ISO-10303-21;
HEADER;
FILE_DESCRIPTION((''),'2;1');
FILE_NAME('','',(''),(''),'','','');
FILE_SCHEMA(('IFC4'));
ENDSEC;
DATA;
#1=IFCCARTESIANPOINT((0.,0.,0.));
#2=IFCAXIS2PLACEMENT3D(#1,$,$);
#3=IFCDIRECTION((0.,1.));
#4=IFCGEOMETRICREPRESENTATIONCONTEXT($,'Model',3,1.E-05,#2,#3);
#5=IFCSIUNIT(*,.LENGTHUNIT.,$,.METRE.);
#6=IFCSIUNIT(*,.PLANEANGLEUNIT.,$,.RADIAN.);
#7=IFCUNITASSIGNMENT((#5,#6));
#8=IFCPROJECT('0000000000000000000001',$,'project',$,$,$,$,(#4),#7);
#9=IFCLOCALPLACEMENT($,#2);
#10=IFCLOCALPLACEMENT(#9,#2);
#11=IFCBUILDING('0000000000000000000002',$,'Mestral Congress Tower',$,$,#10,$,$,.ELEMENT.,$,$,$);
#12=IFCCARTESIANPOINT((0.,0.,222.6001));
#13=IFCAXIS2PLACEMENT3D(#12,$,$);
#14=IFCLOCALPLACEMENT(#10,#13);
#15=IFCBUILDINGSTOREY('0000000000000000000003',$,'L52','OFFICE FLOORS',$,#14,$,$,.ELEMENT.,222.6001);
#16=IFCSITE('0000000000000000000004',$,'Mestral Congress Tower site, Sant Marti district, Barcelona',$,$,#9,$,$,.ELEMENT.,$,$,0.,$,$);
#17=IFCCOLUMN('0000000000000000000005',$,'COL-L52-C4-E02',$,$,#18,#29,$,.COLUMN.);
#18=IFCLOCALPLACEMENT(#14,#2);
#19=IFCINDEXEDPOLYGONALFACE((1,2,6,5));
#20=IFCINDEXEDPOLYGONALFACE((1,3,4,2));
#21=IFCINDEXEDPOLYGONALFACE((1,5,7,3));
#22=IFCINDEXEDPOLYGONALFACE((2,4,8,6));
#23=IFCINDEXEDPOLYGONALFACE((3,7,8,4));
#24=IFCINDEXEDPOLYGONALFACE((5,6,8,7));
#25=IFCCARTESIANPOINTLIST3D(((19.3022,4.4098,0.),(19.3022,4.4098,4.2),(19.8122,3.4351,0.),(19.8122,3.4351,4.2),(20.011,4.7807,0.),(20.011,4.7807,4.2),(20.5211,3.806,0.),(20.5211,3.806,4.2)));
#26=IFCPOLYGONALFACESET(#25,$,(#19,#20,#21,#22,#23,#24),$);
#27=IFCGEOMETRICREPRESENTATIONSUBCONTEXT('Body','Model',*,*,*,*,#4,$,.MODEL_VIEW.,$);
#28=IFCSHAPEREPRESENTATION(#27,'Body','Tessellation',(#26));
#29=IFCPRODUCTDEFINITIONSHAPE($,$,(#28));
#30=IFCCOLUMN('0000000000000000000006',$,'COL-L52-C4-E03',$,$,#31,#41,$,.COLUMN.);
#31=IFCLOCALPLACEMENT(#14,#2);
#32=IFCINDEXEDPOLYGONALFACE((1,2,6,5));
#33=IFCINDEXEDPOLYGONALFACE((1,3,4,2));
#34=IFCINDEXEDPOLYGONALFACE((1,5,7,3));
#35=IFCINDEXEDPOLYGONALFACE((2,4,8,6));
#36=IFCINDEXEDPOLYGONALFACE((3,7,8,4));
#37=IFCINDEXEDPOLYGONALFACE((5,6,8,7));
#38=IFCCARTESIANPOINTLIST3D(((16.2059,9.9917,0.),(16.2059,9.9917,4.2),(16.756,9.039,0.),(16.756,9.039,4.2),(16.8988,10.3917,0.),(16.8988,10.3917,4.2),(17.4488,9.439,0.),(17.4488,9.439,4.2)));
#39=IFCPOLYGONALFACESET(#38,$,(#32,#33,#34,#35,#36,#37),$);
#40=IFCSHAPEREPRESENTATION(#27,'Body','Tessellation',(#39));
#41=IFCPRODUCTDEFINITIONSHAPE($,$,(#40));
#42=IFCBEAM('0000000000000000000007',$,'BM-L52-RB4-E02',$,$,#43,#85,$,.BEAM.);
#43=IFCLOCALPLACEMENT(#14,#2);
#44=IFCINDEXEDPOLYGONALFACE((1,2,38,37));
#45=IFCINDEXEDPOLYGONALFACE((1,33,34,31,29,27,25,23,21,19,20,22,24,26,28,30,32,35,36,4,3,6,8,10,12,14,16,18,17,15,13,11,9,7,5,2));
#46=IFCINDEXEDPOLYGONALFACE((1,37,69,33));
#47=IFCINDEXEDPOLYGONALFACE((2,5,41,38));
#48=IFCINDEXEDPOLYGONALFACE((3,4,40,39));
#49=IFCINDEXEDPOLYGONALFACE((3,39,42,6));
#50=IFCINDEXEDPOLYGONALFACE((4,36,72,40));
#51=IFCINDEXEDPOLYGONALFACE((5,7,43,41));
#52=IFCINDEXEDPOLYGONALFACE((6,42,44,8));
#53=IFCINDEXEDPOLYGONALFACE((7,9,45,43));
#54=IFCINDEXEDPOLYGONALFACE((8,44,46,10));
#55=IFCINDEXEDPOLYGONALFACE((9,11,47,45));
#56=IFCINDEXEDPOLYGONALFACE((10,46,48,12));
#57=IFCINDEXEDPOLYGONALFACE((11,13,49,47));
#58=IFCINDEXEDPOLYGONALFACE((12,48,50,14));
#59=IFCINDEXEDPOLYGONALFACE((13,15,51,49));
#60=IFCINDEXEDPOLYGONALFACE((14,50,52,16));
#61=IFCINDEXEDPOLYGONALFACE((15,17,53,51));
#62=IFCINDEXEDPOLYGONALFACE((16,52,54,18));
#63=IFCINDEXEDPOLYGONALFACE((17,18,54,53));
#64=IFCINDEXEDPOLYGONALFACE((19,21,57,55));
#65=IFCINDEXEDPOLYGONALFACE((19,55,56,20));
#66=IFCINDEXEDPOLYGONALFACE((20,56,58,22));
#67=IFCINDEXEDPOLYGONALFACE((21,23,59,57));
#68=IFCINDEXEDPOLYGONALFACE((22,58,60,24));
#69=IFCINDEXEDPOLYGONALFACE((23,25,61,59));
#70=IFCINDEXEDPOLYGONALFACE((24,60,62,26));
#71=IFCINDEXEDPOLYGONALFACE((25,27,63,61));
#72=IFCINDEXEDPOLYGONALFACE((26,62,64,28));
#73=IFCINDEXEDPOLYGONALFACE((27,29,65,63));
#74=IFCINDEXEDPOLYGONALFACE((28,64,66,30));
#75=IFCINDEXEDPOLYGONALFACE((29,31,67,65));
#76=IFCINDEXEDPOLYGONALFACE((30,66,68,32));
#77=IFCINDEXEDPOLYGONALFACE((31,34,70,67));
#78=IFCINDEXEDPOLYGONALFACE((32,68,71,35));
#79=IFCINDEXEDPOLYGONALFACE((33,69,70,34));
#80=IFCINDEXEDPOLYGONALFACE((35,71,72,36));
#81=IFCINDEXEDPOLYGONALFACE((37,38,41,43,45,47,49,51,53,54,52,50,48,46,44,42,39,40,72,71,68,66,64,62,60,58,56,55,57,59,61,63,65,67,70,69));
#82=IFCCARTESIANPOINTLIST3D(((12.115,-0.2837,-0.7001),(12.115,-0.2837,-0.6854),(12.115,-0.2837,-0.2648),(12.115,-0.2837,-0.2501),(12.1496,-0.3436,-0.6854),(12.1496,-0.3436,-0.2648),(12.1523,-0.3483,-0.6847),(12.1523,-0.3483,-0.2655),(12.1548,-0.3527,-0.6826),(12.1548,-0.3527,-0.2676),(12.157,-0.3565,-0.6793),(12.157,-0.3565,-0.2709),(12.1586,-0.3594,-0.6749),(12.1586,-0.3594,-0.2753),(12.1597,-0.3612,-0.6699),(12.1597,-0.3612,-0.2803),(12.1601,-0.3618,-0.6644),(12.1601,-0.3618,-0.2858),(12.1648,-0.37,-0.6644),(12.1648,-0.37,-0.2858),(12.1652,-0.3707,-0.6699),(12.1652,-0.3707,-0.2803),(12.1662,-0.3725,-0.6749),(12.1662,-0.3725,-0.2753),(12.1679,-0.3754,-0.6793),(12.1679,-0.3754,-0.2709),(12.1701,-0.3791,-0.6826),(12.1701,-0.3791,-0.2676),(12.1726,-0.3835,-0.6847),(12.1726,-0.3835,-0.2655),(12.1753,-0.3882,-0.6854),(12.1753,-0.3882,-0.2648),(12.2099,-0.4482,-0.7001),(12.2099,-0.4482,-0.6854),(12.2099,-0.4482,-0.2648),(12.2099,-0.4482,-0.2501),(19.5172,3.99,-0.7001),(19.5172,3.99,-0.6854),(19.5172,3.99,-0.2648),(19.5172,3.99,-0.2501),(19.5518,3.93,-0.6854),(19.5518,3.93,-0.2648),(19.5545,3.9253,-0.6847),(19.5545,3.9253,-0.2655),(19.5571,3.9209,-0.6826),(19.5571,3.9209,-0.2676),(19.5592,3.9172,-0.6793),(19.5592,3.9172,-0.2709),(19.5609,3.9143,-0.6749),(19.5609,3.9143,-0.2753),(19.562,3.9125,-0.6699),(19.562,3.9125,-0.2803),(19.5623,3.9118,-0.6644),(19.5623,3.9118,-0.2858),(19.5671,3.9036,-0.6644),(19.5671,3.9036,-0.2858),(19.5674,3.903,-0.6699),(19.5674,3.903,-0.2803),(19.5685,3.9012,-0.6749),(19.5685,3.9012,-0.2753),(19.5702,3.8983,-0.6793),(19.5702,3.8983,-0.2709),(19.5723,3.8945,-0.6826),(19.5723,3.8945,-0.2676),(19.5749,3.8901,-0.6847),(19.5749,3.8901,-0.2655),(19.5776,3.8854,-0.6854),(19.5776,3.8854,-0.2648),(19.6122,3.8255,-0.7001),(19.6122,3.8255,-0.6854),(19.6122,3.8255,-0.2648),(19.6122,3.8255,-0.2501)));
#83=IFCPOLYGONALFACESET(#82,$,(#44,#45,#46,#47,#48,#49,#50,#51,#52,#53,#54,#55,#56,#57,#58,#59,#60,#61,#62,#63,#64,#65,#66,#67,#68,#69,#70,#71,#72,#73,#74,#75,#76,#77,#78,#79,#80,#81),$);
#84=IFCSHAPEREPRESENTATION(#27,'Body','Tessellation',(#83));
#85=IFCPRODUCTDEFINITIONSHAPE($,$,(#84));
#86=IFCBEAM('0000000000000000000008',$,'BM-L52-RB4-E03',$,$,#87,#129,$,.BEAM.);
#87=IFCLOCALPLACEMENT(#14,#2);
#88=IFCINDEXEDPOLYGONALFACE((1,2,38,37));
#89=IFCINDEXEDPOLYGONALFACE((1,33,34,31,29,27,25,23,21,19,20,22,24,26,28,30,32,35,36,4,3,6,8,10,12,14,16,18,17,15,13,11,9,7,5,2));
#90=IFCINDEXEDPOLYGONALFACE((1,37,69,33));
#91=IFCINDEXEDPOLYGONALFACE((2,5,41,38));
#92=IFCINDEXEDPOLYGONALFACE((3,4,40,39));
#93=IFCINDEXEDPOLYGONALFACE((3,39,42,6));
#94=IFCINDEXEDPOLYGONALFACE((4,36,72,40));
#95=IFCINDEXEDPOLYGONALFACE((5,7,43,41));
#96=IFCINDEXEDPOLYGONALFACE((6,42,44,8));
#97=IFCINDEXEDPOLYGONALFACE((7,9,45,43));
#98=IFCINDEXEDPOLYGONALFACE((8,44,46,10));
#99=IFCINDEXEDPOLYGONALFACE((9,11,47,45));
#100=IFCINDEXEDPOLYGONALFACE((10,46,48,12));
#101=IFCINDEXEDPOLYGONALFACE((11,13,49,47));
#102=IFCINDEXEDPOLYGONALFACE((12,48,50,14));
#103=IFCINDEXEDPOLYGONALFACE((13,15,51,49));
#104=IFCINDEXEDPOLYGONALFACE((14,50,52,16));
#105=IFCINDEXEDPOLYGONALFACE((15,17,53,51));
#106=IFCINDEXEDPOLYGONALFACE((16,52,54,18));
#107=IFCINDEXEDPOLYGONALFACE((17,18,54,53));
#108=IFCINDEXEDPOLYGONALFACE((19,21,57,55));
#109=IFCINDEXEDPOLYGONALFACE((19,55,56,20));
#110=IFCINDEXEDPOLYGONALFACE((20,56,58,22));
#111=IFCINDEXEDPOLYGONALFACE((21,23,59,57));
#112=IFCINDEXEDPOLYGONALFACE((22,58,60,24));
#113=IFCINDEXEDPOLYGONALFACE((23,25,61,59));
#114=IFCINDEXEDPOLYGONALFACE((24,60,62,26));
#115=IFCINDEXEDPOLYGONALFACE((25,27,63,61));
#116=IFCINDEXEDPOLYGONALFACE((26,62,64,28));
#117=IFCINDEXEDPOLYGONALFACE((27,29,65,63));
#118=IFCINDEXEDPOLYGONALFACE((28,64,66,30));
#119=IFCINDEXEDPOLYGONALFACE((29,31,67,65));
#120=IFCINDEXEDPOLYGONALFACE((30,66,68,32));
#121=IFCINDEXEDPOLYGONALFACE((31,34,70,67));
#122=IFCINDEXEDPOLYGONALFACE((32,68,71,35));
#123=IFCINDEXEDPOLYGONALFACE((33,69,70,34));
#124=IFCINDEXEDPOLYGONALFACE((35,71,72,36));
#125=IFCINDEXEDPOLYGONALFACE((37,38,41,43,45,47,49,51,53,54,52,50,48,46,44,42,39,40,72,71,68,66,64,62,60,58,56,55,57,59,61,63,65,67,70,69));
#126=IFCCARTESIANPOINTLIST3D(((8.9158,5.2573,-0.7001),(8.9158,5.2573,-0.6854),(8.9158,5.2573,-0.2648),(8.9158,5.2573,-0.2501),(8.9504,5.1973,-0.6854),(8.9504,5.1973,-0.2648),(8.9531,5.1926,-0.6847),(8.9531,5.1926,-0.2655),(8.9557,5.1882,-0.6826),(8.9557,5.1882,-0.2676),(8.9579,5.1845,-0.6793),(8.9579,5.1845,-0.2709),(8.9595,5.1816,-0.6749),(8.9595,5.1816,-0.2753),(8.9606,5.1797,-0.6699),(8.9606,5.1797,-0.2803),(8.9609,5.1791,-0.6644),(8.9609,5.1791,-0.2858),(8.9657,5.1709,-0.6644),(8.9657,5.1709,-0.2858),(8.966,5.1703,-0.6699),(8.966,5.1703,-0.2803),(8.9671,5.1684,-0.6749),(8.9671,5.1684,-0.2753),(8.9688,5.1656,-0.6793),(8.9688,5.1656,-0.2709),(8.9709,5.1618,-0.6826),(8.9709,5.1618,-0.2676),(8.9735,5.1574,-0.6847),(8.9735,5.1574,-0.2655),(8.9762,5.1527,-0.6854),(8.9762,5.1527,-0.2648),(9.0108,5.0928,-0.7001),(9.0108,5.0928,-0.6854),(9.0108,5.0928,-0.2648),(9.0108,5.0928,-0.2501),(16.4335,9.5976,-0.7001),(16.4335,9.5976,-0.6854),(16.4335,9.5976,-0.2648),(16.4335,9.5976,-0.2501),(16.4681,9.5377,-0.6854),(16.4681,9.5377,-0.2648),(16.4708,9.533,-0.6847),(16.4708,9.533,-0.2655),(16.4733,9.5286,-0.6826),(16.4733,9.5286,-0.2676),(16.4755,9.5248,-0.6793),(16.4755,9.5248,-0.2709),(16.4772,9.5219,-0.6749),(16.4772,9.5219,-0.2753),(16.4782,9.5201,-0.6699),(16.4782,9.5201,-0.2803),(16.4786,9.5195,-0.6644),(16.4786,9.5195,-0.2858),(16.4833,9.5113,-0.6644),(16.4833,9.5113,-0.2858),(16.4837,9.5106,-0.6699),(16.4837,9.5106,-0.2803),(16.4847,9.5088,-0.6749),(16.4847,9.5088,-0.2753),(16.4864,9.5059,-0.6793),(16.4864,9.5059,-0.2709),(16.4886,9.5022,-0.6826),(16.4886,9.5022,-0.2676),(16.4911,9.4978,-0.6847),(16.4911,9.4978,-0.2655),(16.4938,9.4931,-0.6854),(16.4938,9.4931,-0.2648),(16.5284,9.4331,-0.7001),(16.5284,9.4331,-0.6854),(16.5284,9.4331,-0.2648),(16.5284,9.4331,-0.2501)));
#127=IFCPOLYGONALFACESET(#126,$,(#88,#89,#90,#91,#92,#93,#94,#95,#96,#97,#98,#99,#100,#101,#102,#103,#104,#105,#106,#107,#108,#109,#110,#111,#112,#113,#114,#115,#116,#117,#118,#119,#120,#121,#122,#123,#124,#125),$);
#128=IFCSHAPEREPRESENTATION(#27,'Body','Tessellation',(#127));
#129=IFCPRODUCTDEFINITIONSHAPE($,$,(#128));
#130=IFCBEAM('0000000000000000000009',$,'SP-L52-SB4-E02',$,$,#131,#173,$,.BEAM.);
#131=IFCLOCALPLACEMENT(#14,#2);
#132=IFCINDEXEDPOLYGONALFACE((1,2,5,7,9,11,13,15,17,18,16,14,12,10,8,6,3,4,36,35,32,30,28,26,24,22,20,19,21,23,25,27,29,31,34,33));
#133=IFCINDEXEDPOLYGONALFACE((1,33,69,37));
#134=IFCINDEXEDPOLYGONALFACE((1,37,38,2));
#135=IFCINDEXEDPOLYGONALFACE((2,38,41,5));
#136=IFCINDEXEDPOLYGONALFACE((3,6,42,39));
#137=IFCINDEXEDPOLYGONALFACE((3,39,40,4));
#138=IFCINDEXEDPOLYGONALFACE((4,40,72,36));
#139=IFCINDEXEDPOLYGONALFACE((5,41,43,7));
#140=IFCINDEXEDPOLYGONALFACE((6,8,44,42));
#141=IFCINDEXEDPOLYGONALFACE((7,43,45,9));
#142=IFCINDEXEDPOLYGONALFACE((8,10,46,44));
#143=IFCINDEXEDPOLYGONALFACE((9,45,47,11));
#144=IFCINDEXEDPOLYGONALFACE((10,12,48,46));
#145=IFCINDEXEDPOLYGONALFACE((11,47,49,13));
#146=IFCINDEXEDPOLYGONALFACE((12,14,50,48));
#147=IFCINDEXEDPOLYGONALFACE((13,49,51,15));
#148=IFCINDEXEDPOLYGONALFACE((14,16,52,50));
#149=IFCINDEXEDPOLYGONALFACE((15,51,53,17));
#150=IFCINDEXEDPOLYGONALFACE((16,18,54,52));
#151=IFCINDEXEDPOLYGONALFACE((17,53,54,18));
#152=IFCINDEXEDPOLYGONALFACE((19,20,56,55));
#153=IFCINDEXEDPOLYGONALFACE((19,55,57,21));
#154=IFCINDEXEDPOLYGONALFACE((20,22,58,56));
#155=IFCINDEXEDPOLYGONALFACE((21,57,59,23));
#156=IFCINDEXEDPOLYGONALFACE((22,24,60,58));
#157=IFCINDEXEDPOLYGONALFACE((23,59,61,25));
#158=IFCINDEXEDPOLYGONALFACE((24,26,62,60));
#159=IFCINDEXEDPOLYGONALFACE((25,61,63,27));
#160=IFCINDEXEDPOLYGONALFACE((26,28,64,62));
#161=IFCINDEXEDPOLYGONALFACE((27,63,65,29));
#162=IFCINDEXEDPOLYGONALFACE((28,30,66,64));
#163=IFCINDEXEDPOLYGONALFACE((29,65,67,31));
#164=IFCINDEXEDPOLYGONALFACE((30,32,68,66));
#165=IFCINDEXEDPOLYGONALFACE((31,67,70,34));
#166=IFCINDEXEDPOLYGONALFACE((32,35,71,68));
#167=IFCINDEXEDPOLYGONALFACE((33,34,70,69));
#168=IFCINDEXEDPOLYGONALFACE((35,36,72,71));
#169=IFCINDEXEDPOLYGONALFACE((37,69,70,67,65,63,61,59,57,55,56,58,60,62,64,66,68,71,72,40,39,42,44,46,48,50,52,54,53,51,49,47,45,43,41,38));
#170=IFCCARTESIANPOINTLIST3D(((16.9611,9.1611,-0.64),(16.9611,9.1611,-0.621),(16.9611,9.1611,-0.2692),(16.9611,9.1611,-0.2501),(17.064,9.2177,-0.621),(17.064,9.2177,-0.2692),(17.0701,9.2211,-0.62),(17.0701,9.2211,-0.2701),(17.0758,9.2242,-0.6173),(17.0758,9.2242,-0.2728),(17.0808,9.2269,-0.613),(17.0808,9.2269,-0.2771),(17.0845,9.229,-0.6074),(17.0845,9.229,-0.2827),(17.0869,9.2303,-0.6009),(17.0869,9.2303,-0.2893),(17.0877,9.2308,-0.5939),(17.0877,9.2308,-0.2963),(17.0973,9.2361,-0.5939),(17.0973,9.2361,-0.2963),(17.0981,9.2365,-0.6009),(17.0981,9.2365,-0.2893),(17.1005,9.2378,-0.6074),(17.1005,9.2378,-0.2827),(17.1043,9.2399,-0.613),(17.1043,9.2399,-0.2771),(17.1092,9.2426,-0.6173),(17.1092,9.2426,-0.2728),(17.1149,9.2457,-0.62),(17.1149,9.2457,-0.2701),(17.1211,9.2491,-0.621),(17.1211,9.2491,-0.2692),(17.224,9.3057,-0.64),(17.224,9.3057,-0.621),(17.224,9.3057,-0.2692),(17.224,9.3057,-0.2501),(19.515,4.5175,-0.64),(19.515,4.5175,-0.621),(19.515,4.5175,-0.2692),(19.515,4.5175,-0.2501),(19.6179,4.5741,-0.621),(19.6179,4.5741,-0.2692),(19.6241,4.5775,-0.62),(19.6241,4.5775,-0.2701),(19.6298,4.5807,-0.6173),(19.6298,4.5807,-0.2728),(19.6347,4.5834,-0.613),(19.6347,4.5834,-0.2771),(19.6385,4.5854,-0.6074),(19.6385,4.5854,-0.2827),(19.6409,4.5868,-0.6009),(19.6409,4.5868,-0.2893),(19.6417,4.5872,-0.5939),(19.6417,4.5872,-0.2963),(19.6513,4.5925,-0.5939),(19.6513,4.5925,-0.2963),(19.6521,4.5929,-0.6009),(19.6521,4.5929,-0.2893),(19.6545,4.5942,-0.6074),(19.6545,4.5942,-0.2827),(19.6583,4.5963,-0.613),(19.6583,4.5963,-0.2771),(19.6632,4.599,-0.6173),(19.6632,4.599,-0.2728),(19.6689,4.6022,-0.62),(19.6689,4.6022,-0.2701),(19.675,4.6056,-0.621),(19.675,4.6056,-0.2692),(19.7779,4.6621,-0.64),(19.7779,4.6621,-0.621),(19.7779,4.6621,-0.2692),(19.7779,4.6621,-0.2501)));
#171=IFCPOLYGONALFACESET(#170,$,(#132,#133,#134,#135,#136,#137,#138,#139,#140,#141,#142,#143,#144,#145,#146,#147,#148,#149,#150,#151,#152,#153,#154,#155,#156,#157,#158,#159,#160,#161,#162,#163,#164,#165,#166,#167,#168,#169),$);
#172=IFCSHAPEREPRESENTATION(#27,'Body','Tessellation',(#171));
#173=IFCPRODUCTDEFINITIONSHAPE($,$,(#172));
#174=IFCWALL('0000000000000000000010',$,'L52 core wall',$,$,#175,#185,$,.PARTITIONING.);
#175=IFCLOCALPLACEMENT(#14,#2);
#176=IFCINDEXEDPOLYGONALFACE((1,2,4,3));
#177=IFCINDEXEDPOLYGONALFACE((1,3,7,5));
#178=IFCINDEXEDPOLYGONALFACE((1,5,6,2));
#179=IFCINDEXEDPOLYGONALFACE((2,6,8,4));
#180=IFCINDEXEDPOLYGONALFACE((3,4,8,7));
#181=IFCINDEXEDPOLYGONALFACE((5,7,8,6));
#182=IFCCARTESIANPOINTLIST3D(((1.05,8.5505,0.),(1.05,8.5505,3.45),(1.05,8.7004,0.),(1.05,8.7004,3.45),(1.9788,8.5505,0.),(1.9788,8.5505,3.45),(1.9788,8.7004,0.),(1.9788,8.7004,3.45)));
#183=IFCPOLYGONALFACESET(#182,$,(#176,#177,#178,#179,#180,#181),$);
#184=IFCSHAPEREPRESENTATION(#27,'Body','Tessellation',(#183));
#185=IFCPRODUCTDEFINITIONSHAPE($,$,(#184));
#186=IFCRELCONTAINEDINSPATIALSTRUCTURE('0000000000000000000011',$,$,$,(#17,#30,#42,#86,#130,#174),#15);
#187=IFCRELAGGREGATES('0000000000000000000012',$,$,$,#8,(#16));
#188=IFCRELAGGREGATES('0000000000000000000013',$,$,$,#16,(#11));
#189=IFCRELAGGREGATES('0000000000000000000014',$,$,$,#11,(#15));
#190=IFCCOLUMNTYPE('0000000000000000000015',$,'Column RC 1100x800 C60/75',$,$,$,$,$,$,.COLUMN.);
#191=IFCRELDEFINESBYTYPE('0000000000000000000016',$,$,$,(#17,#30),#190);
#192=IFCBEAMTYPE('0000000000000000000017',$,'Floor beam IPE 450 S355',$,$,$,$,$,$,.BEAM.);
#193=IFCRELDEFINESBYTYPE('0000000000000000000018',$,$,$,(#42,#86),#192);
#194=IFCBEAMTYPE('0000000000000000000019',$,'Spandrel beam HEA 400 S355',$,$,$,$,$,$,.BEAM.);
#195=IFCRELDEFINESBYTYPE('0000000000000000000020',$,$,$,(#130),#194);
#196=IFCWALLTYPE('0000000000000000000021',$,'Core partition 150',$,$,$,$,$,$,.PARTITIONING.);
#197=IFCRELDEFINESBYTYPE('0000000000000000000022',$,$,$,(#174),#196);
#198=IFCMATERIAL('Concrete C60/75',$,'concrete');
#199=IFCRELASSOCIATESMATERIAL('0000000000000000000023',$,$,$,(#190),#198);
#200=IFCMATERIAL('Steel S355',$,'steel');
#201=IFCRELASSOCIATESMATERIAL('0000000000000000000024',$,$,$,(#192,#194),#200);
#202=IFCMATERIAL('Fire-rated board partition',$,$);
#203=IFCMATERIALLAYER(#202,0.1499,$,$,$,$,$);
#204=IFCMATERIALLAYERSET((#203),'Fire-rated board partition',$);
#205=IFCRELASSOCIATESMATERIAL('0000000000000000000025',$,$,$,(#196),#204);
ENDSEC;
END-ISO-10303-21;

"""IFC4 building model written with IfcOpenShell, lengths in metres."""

from ifc_helpers import new_model, si_unit, direction, frame, frame_2d, origin, origin_2d, place, context, subcontext, project, spatial, rectangle, i_section, extrude, material, layer, layer_set, material_profile, profile_set, type_object, element, save


model = new_model("IFC4")

# Units and contexts
model_context = context("Model", 3, precision=1e-05, world=origin(), true_north=direction((0.0, 1.0)))
body_context = subcontext(model_context, "Body", "Model", "MODEL_VIEW")
ifc_project = project(units=[si_unit("LENGTHUNIT", "METRE"), si_unit("PLANEANGLEUNIT", "RADIAN")], contexts=[model_context])

# Site, building, storey
site_placement = place(None, origin())
site = spatial("IfcSite", under=ifc_project, at=site_placement, Name="Mestral Congress Tower site, Sant Marti district, Barcelona", CompositionType="ELEMENT", RefElevation=0.0)
building_placement = place(site_placement, origin())
building = spatial("IfcBuilding", under=site, at=building_placement, Name="Mestral Congress Tower", CompositionType="ELEMENT")
storey_placement = place(building_placement, frame((0.0, 0.0, 222.6001)))
storey = spatial("IfcBuildingStorey", under=building, at=storey_placement, Name="L52", Description="OFFICE FLOORS", CompositionType="ELEMENT", Elevation=222.6001)

# Columns
ifc_material_1 = material(Name="Concrete C60/75", Category="concrete")
ifc_material_profile_1 = material_profile(ifc_material_1, rectangle(XDim=1.1001, YDim=0.8, at=origin_2d()), Name="RC 1100x800")
ifc_profile_set_1 = profile_set([ifc_material_profile_1], Name="Concrete C60/75")
column_type = type_object("IfcColumnType", Name="Column RC 1100x800 C60/75", PredefinedType="COLUMN", material=ifc_profile_set_1)
for number, where, z_axis, x_axis, name in (
    (1, (19.9116, 4.1079, 0.0), (0.0, 0.0, 1.0), (-0.463636, 0.886026, 0.0), "COL-L52-C4-E02"),
    (2, (16.8274, 9.7153, 0.0), (0.0, 0.0, 1.0), (-0.5, 0.866025, 0.0), "COL-L52-C4-E03"),
):
    element("IfcColumn", number, at=place(storey_placement, frame(where, z_axis=z_axis, x_axis=x_axis)), inside=storey, type_object=column_type, Name=name, PredefinedType="COLUMN", context=body_context, shape_type="SweptSolid", body=[
        extrude(rectangle(XDim=1.1001, YDim=0.8, at=origin_2d()), origin(), (0.0, 0.0, 1.0), 4.2),
    ])

# Beams
ifc_material_2 = material(Name="Steel S355", Category="steel")
ifc_material_profile_2 = material_profile(ifc_material_2, i_section(OverallWidth=0.1899, OverallDepth=0.45, WebThickness=0.0095, FlangeThickness=0.0146, FilletRadius=0.021, at=origin_2d()), Name="IPE 450")
ifc_profile_set_2 = profile_set([ifc_material_profile_2], Name="Steel S355")
beam_type_1 = type_object("IfcBeamType", Name="Floor beam IPE 450 S355", PredefinedType="BEAM", material=ifc_profile_set_2)
beam_1_placement = place(storey_placement, frame((19.5647, 3.9077, -0.4751), z_axis=(-0.866029, -0.499994, 0.0), x_axis=(0.499994, -0.866029, 0.0)))
element("IfcBeam", 3, at=beam_1_placement, inside=storey, type_object=beam_type_1, Name="BM-L52-RB4-E02", PredefinedType="BEAM", context=body_context, shape_type="SweptSolid", body=[
    extrude(i_section(OverallWidth=0.1899, OverallDepth=0.45, WebThickness=0.0095, FlangeThickness=0.0146, FilletRadius=0.021, at=origin_2d()), origin(), (0.0, 0.0, 1.0), 8.5474),
])
beam_2_placement = place(storey_placement, frame((16.481, 9.5154, -0.4751), z_axis=(-0.866023, -0.500005, 0.0), x_axis=(0.500005, -0.866023, 0.0)))
element("IfcBeam", 4, at=beam_2_placement, inside=storey, type_object=beam_type_1, Name="BM-L52-RB4-E03", PredefinedType="BEAM", context=body_context, shape_type="SweptSolid", body=[
    extrude(i_section(OverallWidth=0.1899, OverallDepth=0.45, WebThickness=0.0095, FlangeThickness=0.0146, FilletRadius=0.021, at=origin_2d()), origin(), (0.0, 0.0, 1.0), 8.6807),
])
ifc_material_profile_3 = material_profile(ifc_material_2, i_section(OverallWidth=0.3, OverallDepth=0.3899, WebThickness=0.011, FlangeThickness=0.019, FilletRadius=0.0271, at=origin_2d()), Name="HEA 400")
ifc_profile_set_3 = profile_set([ifc_material_profile_3], Name="Steel S355")
beam_type_2 = type_object("IfcBeamType", Name="Spandrel beam HEA 400 S355", PredefinedType="BEAM", material=ifc_profile_set_3)
beam_3_placement = place(storey_placement, frame((19.6465, 4.5898, -0.4451), z_axis=(-0.481919, 0.876216, 0.0), x_axis=(-0.876216, -0.481919, 0.0)))
element("IfcBeam", 5, at=beam_3_placement, inside=storey, type_object=beam_type_2, Name="SP-L52-SB4-E02", PredefinedType="BEAM", context=body_context, shape_type="SweptSolid", body=[
    extrude(i_section(OverallWidth=0.3, OverallDepth=0.3899, WebThickness=0.011, FlangeThickness=0.019, FilletRadius=0.0271, at=origin_2d()), origin(), (0.0, 0.0, 1.0), 5.2996),
])

# Wall
ifc_material_3 = material(Name="Fire-rated board partition")
ifc_layer_1 = layer(ifc_material_3, 0.1499)
ifc_layer_set_1 = layer_set([ifc_layer_1], Name="Fire-rated board partition")
wall_type_1 = type_object("IfcWallType", Name="Core partition 150", PredefinedType="PARTITIONING", material=ifc_layer_set_1)
wall_1_placement = place(storey_placement, frame((1.05, 8.6255, 0.0), z_axis=(0.0, 0.0, 1.0), x_axis=(1.0, 0.0, 0.0)))
element("IfcWall", 6, at=wall_1_placement, inside=storey, type_object=wall_type_1, Name="L52 core wall", PredefinedType="PARTITIONING", context=body_context, shape_type="SweptSolid", body=[
    extrude(rectangle(XDim=0.9287, YDim=0.1499, at=frame_2d((0.4644, 0.0))), origin(), (0.0, 0.0, 1.0), 3.45),
])

save(model, "model.ifc")
